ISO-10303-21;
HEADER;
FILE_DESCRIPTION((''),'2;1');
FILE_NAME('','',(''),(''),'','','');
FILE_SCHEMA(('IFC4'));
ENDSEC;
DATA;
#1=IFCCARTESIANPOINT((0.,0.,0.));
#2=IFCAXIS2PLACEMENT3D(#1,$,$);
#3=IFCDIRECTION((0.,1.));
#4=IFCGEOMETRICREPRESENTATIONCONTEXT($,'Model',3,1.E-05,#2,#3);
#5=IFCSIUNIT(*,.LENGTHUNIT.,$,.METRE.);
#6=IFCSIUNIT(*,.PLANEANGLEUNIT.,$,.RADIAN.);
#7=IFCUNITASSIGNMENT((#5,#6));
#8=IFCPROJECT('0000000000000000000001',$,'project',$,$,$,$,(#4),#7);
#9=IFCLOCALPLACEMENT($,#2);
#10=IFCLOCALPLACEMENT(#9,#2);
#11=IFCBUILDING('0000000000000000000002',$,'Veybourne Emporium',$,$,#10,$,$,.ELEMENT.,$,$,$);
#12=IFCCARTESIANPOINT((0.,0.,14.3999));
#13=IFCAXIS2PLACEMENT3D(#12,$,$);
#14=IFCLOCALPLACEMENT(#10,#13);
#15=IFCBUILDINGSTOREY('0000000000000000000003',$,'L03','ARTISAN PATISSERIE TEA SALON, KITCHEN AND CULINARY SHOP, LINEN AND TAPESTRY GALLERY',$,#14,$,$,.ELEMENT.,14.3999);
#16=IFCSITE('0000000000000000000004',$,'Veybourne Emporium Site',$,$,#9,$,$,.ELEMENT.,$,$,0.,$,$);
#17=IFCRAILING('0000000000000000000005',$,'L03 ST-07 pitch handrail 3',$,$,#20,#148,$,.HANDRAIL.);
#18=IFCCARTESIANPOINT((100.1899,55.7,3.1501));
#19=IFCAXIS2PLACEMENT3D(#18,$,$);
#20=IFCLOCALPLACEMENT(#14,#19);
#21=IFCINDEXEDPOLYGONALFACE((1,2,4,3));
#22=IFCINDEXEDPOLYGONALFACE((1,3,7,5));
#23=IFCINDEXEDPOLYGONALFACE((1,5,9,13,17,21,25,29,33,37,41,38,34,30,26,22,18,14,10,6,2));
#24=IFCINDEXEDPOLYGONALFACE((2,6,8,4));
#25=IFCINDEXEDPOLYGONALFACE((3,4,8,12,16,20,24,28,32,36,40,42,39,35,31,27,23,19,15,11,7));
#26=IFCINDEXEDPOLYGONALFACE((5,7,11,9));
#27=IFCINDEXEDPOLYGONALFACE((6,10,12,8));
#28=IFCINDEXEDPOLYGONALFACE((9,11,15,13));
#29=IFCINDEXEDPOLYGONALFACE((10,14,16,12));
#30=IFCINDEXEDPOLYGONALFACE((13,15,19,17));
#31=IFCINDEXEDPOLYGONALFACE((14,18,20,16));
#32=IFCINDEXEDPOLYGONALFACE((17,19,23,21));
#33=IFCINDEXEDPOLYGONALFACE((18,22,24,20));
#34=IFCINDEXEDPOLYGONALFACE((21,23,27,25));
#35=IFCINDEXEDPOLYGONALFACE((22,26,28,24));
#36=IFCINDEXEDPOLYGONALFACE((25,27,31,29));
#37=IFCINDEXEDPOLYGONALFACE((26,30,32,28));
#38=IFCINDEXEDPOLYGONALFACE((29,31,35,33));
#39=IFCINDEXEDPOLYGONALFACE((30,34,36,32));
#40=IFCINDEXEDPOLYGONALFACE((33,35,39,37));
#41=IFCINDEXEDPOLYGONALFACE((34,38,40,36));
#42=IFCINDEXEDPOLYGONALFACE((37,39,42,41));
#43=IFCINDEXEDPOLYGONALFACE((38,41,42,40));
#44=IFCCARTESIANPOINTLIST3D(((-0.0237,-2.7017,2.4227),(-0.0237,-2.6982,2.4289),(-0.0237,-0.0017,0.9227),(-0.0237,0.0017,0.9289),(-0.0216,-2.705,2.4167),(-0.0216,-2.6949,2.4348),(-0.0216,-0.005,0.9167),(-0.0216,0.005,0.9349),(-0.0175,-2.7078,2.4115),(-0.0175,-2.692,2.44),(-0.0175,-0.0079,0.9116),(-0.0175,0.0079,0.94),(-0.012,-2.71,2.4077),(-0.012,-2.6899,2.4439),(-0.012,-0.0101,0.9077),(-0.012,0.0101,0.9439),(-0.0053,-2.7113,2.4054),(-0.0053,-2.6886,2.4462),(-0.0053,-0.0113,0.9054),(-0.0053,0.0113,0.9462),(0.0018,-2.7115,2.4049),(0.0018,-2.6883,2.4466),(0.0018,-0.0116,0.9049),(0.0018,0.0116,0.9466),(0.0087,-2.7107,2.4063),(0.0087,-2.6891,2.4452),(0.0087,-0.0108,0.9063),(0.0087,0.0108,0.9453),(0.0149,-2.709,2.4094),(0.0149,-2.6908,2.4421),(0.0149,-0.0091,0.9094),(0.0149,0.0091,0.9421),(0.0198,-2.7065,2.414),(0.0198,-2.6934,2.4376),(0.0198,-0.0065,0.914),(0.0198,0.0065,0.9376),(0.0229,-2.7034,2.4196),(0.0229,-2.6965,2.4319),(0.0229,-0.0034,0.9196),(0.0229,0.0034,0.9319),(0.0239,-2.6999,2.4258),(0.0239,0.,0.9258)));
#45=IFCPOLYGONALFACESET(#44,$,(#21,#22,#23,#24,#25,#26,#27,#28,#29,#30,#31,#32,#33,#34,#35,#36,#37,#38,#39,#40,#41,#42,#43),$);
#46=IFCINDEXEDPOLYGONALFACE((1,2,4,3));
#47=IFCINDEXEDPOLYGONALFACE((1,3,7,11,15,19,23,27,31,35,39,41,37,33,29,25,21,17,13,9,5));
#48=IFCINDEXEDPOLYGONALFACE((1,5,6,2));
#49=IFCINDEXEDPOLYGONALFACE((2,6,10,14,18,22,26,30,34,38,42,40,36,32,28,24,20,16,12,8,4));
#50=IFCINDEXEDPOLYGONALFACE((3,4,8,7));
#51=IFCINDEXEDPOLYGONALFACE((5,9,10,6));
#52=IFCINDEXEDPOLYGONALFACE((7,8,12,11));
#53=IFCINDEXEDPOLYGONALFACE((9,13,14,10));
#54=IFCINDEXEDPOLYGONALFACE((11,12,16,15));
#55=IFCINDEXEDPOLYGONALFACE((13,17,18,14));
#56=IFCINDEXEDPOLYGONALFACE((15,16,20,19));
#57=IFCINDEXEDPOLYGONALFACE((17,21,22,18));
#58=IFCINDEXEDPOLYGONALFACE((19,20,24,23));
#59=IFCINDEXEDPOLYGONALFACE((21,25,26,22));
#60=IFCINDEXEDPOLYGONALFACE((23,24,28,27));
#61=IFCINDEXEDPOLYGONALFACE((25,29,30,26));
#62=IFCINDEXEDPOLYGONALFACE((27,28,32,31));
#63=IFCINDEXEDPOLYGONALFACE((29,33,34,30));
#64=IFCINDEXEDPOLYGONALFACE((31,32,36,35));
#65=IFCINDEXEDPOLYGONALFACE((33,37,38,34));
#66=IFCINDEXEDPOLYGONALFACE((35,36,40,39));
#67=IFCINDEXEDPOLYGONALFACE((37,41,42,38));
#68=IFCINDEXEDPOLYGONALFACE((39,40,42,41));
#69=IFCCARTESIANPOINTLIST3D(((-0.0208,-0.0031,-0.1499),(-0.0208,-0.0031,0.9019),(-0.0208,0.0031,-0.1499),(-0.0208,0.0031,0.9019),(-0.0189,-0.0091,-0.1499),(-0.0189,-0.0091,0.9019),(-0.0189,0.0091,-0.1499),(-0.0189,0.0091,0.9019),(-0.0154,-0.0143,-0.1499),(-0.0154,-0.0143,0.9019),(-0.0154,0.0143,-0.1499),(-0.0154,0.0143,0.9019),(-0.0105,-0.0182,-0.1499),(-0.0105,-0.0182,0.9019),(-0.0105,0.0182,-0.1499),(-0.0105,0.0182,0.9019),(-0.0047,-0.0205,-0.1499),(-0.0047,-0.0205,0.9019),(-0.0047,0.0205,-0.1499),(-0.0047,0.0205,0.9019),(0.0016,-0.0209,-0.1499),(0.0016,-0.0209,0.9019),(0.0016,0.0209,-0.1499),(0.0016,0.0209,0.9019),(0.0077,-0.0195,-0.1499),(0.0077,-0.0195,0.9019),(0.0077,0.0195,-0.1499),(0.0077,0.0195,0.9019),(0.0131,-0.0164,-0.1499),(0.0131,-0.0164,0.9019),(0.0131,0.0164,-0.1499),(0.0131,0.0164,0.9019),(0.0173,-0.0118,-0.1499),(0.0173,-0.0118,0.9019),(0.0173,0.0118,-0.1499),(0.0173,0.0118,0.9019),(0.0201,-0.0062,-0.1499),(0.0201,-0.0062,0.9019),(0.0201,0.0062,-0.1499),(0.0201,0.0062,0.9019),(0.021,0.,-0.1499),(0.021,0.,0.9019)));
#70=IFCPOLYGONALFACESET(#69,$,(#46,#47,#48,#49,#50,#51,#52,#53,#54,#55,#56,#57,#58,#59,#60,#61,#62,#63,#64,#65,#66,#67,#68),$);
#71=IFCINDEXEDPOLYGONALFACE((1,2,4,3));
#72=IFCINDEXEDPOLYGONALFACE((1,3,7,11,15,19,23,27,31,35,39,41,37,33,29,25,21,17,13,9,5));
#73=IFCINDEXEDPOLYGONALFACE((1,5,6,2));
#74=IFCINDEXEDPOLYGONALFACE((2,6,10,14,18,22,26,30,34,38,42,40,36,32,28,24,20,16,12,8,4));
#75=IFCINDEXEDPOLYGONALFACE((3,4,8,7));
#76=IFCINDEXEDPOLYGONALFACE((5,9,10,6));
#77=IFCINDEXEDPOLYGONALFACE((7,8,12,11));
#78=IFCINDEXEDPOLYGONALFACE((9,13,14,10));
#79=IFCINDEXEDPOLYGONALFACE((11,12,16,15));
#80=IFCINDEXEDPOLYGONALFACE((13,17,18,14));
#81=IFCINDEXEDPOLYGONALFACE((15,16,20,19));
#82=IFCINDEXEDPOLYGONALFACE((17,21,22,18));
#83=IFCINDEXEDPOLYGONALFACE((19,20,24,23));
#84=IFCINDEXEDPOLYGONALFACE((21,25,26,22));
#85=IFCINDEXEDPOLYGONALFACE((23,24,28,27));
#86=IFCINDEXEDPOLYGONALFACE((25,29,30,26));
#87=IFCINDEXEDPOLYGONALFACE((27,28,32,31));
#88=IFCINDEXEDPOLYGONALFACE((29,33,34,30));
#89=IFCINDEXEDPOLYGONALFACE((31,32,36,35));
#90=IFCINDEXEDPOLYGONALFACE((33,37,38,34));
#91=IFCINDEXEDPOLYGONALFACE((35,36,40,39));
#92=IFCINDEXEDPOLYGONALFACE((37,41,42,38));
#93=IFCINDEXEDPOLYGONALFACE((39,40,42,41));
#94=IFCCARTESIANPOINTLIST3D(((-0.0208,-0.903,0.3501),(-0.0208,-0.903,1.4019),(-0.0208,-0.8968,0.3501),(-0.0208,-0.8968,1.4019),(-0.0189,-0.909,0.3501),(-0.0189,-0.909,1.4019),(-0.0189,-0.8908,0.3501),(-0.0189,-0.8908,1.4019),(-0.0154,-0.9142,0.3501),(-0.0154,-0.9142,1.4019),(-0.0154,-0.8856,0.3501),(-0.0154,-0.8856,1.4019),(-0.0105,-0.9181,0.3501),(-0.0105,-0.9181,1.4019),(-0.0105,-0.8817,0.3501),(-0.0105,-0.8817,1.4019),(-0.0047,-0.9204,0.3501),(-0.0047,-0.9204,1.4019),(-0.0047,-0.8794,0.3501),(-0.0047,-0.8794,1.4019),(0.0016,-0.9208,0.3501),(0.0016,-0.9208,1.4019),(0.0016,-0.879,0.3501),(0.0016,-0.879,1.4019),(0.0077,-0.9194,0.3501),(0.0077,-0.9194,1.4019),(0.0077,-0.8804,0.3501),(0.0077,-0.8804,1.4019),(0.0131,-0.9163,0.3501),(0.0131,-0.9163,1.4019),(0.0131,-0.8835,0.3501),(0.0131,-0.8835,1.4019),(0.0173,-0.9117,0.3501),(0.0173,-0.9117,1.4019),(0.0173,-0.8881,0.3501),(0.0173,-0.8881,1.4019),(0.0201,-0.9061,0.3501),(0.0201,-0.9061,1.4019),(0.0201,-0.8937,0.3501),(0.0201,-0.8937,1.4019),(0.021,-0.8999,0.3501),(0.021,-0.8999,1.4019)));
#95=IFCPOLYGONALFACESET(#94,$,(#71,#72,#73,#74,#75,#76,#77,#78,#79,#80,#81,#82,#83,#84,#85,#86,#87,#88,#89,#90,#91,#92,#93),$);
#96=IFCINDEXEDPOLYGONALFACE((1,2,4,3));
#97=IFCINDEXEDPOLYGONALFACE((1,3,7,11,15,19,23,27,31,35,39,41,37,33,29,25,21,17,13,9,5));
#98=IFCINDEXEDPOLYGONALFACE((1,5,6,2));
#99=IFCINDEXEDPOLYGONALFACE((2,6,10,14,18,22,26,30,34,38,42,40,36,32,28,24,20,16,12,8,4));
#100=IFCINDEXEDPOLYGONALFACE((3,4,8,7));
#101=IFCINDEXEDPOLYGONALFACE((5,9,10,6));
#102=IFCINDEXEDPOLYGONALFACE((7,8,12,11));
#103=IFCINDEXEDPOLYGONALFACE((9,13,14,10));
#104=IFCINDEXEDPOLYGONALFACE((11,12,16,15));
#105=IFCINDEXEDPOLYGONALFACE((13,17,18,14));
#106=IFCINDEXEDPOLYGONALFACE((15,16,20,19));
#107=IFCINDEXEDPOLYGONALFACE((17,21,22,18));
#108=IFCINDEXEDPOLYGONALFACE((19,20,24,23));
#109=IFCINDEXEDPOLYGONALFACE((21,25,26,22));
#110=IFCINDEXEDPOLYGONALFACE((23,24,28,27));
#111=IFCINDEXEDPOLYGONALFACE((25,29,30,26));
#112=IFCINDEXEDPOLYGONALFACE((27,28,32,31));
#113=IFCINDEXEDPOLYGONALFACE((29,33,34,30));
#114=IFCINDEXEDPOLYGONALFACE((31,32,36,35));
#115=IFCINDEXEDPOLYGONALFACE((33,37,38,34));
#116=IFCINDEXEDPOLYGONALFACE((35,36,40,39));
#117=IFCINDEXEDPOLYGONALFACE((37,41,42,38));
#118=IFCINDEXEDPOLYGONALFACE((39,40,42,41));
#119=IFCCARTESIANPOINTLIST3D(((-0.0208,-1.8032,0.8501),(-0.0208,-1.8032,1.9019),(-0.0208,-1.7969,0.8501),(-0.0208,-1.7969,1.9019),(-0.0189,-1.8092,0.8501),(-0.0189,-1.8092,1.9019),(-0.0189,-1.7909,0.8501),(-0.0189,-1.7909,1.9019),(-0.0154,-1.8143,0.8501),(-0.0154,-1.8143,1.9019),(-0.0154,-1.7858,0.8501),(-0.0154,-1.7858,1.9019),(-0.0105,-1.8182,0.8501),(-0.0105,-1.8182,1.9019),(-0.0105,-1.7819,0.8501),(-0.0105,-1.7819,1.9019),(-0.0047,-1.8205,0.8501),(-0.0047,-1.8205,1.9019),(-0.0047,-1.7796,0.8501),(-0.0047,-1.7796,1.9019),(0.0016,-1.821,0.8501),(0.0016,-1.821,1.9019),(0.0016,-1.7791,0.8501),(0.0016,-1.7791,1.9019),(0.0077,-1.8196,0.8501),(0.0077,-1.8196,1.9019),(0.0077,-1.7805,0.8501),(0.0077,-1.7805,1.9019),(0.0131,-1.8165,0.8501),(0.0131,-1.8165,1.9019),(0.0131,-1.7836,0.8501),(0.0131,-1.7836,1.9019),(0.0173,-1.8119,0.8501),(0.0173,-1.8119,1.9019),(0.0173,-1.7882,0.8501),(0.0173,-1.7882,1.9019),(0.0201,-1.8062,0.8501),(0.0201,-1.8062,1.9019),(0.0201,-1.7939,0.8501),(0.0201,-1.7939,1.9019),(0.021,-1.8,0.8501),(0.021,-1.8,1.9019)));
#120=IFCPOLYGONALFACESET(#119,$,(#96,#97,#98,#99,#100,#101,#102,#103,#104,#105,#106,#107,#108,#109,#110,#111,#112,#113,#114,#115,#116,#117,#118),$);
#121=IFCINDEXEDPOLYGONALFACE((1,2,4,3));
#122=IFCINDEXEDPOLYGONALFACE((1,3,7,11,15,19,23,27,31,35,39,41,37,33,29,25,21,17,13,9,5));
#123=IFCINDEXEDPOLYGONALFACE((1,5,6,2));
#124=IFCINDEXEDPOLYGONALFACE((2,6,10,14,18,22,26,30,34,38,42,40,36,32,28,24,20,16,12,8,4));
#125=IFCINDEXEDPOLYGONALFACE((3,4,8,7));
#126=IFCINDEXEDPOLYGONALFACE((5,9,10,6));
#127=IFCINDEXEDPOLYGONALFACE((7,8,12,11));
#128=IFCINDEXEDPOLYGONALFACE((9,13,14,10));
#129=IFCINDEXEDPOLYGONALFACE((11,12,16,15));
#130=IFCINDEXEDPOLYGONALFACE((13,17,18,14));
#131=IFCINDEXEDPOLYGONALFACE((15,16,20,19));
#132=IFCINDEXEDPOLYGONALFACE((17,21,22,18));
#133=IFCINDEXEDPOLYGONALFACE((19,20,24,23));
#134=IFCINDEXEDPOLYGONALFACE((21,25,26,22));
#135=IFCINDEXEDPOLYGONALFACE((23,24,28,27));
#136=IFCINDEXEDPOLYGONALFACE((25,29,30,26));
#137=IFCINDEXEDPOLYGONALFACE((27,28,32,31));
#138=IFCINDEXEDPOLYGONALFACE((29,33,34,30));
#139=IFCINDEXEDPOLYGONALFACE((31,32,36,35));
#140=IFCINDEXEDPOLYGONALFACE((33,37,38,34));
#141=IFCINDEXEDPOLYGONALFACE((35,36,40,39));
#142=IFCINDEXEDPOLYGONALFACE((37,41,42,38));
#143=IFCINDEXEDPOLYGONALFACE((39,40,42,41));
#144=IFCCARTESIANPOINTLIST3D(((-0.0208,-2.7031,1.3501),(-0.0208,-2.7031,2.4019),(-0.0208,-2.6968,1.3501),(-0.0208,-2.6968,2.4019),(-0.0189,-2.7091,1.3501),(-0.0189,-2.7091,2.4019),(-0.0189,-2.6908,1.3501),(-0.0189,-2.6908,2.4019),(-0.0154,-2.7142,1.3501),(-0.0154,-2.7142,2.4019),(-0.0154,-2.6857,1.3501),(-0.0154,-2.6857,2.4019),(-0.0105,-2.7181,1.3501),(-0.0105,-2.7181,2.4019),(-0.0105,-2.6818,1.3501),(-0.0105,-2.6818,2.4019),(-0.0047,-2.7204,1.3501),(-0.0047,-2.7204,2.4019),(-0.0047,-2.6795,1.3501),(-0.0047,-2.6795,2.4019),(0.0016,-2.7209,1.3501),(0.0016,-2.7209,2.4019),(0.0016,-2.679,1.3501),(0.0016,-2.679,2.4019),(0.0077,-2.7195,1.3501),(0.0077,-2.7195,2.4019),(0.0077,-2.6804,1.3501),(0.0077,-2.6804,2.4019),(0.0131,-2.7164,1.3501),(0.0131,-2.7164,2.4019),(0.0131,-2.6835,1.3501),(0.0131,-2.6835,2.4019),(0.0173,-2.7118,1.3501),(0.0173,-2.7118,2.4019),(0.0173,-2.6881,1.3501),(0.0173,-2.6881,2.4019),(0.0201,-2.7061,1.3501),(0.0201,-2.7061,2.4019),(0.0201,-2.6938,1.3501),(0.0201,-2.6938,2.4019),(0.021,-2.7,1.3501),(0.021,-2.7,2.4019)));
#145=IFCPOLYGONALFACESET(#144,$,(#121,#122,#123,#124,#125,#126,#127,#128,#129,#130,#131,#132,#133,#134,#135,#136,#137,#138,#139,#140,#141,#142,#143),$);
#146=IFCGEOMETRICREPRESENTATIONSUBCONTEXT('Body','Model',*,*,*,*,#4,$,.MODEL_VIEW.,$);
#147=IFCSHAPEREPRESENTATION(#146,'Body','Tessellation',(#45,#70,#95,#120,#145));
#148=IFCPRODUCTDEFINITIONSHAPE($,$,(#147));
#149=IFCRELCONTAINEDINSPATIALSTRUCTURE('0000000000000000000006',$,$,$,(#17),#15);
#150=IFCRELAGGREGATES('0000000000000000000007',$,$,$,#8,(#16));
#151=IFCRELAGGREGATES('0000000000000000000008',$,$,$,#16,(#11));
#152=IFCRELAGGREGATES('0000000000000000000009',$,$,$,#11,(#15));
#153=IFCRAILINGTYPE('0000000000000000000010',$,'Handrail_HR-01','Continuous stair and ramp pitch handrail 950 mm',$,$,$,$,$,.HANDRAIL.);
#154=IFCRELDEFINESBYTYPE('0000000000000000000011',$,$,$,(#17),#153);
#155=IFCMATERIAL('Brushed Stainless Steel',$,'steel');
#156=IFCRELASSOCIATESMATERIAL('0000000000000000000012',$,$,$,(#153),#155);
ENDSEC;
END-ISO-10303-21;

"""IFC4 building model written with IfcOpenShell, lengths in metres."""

from ifc_helpers import new_model, si_unit, direction, frame, origin, origin_2d, place, context, subcontext, project, spatial, circle, extrude, material, type_object, element, save


model = new_model("IFC4")

# Units and contexts
model_context = context("Model", 3, precision=1e-05, world=origin(), true_north=direction((0.0, 1.0)))
body_context = subcontext(model_context, "Body", "Model", "MODEL_VIEW")
ifc_project = project(units=[si_unit("LENGTHUNIT", "METRE"), si_unit("PLANEANGLEUNIT", "RADIAN")], contexts=[model_context])

# Site, building, storey
site_placement = place(None, origin())
site = spatial("IfcSite", under=ifc_project, at=site_placement, Name="Veybourne Emporium Site", CompositionType="ELEMENT", RefElevation=0.0)
building_placement = place(site_placement, origin())
building = spatial("IfcBuilding", under=site, at=building_placement, Name="Veybourne Emporium", CompositionType="ELEMENT")
storey_placement = place(building_placement, frame((0.0, 0.0, 14.3999)))
storey = spatial("IfcBuildingStorey", under=building, at=storey_placement, Name="L03", Description="ARTISAN PATISSERIE TEA SALON, KITCHEN AND CULINARY SHOP, LINEN AND TAPESTRY GALLERY", CompositionType="ELEMENT", Elevation=14.3999)

# Railing
ifc_material_1 = material(Name="Brushed Stainless Steel", Category="steel")
railing_type_1 = type_object("IfcRailingType", Name="Handrail_HR-01", Description="Continuous stair and ramp pitch handrail 950 mm", PredefinedType="HANDRAIL", material=ifc_material_1)
railing_1_placement = place(storey_placement, frame((100.1899, 55.7, 3.1501)))
element("IfcRailing", 1, at=railing_1_placement, inside=storey, type_object=railing_type_1, Name="L03 ST-07 pitch handrail 3", PredefinedType="HANDRAIL", context=body_context, shape_type="SweptSolid", body=[
    extrude(circle(Radius=0.0239, at=origin_2d()), frame((0.0, 0.0, 0.9258), z_axis=(0.0, -0.874154, 0.48565), x_axis=(1.0, 0.0, 0.0)), (0.0, 0.0, 1.0), 3.0886),
    extrude(circle(Radius=0.021, at=origin_2d()), frame((0.0, 0.0, -0.1499)), (0.0, 0.0, 1.0), 1.0518),
    extrude(circle(Radius=0.021, at=origin_2d()), frame((0.0, -0.8999, 0.3501)), (0.0, 0.0, 1.0), 1.0518),
    extrude(circle(Radius=0.021, at=origin_2d()), frame((0.0, -1.8, 0.8501)), (0.0, 0.0, 1.0), 1.0518),
    extrude(circle(Radius=0.021, at=origin_2d()), frame((0.0, -2.7, 1.3501)), (0.0, 0.0, 1.0), 1.0518),
])

save(model, "model.ifc")
